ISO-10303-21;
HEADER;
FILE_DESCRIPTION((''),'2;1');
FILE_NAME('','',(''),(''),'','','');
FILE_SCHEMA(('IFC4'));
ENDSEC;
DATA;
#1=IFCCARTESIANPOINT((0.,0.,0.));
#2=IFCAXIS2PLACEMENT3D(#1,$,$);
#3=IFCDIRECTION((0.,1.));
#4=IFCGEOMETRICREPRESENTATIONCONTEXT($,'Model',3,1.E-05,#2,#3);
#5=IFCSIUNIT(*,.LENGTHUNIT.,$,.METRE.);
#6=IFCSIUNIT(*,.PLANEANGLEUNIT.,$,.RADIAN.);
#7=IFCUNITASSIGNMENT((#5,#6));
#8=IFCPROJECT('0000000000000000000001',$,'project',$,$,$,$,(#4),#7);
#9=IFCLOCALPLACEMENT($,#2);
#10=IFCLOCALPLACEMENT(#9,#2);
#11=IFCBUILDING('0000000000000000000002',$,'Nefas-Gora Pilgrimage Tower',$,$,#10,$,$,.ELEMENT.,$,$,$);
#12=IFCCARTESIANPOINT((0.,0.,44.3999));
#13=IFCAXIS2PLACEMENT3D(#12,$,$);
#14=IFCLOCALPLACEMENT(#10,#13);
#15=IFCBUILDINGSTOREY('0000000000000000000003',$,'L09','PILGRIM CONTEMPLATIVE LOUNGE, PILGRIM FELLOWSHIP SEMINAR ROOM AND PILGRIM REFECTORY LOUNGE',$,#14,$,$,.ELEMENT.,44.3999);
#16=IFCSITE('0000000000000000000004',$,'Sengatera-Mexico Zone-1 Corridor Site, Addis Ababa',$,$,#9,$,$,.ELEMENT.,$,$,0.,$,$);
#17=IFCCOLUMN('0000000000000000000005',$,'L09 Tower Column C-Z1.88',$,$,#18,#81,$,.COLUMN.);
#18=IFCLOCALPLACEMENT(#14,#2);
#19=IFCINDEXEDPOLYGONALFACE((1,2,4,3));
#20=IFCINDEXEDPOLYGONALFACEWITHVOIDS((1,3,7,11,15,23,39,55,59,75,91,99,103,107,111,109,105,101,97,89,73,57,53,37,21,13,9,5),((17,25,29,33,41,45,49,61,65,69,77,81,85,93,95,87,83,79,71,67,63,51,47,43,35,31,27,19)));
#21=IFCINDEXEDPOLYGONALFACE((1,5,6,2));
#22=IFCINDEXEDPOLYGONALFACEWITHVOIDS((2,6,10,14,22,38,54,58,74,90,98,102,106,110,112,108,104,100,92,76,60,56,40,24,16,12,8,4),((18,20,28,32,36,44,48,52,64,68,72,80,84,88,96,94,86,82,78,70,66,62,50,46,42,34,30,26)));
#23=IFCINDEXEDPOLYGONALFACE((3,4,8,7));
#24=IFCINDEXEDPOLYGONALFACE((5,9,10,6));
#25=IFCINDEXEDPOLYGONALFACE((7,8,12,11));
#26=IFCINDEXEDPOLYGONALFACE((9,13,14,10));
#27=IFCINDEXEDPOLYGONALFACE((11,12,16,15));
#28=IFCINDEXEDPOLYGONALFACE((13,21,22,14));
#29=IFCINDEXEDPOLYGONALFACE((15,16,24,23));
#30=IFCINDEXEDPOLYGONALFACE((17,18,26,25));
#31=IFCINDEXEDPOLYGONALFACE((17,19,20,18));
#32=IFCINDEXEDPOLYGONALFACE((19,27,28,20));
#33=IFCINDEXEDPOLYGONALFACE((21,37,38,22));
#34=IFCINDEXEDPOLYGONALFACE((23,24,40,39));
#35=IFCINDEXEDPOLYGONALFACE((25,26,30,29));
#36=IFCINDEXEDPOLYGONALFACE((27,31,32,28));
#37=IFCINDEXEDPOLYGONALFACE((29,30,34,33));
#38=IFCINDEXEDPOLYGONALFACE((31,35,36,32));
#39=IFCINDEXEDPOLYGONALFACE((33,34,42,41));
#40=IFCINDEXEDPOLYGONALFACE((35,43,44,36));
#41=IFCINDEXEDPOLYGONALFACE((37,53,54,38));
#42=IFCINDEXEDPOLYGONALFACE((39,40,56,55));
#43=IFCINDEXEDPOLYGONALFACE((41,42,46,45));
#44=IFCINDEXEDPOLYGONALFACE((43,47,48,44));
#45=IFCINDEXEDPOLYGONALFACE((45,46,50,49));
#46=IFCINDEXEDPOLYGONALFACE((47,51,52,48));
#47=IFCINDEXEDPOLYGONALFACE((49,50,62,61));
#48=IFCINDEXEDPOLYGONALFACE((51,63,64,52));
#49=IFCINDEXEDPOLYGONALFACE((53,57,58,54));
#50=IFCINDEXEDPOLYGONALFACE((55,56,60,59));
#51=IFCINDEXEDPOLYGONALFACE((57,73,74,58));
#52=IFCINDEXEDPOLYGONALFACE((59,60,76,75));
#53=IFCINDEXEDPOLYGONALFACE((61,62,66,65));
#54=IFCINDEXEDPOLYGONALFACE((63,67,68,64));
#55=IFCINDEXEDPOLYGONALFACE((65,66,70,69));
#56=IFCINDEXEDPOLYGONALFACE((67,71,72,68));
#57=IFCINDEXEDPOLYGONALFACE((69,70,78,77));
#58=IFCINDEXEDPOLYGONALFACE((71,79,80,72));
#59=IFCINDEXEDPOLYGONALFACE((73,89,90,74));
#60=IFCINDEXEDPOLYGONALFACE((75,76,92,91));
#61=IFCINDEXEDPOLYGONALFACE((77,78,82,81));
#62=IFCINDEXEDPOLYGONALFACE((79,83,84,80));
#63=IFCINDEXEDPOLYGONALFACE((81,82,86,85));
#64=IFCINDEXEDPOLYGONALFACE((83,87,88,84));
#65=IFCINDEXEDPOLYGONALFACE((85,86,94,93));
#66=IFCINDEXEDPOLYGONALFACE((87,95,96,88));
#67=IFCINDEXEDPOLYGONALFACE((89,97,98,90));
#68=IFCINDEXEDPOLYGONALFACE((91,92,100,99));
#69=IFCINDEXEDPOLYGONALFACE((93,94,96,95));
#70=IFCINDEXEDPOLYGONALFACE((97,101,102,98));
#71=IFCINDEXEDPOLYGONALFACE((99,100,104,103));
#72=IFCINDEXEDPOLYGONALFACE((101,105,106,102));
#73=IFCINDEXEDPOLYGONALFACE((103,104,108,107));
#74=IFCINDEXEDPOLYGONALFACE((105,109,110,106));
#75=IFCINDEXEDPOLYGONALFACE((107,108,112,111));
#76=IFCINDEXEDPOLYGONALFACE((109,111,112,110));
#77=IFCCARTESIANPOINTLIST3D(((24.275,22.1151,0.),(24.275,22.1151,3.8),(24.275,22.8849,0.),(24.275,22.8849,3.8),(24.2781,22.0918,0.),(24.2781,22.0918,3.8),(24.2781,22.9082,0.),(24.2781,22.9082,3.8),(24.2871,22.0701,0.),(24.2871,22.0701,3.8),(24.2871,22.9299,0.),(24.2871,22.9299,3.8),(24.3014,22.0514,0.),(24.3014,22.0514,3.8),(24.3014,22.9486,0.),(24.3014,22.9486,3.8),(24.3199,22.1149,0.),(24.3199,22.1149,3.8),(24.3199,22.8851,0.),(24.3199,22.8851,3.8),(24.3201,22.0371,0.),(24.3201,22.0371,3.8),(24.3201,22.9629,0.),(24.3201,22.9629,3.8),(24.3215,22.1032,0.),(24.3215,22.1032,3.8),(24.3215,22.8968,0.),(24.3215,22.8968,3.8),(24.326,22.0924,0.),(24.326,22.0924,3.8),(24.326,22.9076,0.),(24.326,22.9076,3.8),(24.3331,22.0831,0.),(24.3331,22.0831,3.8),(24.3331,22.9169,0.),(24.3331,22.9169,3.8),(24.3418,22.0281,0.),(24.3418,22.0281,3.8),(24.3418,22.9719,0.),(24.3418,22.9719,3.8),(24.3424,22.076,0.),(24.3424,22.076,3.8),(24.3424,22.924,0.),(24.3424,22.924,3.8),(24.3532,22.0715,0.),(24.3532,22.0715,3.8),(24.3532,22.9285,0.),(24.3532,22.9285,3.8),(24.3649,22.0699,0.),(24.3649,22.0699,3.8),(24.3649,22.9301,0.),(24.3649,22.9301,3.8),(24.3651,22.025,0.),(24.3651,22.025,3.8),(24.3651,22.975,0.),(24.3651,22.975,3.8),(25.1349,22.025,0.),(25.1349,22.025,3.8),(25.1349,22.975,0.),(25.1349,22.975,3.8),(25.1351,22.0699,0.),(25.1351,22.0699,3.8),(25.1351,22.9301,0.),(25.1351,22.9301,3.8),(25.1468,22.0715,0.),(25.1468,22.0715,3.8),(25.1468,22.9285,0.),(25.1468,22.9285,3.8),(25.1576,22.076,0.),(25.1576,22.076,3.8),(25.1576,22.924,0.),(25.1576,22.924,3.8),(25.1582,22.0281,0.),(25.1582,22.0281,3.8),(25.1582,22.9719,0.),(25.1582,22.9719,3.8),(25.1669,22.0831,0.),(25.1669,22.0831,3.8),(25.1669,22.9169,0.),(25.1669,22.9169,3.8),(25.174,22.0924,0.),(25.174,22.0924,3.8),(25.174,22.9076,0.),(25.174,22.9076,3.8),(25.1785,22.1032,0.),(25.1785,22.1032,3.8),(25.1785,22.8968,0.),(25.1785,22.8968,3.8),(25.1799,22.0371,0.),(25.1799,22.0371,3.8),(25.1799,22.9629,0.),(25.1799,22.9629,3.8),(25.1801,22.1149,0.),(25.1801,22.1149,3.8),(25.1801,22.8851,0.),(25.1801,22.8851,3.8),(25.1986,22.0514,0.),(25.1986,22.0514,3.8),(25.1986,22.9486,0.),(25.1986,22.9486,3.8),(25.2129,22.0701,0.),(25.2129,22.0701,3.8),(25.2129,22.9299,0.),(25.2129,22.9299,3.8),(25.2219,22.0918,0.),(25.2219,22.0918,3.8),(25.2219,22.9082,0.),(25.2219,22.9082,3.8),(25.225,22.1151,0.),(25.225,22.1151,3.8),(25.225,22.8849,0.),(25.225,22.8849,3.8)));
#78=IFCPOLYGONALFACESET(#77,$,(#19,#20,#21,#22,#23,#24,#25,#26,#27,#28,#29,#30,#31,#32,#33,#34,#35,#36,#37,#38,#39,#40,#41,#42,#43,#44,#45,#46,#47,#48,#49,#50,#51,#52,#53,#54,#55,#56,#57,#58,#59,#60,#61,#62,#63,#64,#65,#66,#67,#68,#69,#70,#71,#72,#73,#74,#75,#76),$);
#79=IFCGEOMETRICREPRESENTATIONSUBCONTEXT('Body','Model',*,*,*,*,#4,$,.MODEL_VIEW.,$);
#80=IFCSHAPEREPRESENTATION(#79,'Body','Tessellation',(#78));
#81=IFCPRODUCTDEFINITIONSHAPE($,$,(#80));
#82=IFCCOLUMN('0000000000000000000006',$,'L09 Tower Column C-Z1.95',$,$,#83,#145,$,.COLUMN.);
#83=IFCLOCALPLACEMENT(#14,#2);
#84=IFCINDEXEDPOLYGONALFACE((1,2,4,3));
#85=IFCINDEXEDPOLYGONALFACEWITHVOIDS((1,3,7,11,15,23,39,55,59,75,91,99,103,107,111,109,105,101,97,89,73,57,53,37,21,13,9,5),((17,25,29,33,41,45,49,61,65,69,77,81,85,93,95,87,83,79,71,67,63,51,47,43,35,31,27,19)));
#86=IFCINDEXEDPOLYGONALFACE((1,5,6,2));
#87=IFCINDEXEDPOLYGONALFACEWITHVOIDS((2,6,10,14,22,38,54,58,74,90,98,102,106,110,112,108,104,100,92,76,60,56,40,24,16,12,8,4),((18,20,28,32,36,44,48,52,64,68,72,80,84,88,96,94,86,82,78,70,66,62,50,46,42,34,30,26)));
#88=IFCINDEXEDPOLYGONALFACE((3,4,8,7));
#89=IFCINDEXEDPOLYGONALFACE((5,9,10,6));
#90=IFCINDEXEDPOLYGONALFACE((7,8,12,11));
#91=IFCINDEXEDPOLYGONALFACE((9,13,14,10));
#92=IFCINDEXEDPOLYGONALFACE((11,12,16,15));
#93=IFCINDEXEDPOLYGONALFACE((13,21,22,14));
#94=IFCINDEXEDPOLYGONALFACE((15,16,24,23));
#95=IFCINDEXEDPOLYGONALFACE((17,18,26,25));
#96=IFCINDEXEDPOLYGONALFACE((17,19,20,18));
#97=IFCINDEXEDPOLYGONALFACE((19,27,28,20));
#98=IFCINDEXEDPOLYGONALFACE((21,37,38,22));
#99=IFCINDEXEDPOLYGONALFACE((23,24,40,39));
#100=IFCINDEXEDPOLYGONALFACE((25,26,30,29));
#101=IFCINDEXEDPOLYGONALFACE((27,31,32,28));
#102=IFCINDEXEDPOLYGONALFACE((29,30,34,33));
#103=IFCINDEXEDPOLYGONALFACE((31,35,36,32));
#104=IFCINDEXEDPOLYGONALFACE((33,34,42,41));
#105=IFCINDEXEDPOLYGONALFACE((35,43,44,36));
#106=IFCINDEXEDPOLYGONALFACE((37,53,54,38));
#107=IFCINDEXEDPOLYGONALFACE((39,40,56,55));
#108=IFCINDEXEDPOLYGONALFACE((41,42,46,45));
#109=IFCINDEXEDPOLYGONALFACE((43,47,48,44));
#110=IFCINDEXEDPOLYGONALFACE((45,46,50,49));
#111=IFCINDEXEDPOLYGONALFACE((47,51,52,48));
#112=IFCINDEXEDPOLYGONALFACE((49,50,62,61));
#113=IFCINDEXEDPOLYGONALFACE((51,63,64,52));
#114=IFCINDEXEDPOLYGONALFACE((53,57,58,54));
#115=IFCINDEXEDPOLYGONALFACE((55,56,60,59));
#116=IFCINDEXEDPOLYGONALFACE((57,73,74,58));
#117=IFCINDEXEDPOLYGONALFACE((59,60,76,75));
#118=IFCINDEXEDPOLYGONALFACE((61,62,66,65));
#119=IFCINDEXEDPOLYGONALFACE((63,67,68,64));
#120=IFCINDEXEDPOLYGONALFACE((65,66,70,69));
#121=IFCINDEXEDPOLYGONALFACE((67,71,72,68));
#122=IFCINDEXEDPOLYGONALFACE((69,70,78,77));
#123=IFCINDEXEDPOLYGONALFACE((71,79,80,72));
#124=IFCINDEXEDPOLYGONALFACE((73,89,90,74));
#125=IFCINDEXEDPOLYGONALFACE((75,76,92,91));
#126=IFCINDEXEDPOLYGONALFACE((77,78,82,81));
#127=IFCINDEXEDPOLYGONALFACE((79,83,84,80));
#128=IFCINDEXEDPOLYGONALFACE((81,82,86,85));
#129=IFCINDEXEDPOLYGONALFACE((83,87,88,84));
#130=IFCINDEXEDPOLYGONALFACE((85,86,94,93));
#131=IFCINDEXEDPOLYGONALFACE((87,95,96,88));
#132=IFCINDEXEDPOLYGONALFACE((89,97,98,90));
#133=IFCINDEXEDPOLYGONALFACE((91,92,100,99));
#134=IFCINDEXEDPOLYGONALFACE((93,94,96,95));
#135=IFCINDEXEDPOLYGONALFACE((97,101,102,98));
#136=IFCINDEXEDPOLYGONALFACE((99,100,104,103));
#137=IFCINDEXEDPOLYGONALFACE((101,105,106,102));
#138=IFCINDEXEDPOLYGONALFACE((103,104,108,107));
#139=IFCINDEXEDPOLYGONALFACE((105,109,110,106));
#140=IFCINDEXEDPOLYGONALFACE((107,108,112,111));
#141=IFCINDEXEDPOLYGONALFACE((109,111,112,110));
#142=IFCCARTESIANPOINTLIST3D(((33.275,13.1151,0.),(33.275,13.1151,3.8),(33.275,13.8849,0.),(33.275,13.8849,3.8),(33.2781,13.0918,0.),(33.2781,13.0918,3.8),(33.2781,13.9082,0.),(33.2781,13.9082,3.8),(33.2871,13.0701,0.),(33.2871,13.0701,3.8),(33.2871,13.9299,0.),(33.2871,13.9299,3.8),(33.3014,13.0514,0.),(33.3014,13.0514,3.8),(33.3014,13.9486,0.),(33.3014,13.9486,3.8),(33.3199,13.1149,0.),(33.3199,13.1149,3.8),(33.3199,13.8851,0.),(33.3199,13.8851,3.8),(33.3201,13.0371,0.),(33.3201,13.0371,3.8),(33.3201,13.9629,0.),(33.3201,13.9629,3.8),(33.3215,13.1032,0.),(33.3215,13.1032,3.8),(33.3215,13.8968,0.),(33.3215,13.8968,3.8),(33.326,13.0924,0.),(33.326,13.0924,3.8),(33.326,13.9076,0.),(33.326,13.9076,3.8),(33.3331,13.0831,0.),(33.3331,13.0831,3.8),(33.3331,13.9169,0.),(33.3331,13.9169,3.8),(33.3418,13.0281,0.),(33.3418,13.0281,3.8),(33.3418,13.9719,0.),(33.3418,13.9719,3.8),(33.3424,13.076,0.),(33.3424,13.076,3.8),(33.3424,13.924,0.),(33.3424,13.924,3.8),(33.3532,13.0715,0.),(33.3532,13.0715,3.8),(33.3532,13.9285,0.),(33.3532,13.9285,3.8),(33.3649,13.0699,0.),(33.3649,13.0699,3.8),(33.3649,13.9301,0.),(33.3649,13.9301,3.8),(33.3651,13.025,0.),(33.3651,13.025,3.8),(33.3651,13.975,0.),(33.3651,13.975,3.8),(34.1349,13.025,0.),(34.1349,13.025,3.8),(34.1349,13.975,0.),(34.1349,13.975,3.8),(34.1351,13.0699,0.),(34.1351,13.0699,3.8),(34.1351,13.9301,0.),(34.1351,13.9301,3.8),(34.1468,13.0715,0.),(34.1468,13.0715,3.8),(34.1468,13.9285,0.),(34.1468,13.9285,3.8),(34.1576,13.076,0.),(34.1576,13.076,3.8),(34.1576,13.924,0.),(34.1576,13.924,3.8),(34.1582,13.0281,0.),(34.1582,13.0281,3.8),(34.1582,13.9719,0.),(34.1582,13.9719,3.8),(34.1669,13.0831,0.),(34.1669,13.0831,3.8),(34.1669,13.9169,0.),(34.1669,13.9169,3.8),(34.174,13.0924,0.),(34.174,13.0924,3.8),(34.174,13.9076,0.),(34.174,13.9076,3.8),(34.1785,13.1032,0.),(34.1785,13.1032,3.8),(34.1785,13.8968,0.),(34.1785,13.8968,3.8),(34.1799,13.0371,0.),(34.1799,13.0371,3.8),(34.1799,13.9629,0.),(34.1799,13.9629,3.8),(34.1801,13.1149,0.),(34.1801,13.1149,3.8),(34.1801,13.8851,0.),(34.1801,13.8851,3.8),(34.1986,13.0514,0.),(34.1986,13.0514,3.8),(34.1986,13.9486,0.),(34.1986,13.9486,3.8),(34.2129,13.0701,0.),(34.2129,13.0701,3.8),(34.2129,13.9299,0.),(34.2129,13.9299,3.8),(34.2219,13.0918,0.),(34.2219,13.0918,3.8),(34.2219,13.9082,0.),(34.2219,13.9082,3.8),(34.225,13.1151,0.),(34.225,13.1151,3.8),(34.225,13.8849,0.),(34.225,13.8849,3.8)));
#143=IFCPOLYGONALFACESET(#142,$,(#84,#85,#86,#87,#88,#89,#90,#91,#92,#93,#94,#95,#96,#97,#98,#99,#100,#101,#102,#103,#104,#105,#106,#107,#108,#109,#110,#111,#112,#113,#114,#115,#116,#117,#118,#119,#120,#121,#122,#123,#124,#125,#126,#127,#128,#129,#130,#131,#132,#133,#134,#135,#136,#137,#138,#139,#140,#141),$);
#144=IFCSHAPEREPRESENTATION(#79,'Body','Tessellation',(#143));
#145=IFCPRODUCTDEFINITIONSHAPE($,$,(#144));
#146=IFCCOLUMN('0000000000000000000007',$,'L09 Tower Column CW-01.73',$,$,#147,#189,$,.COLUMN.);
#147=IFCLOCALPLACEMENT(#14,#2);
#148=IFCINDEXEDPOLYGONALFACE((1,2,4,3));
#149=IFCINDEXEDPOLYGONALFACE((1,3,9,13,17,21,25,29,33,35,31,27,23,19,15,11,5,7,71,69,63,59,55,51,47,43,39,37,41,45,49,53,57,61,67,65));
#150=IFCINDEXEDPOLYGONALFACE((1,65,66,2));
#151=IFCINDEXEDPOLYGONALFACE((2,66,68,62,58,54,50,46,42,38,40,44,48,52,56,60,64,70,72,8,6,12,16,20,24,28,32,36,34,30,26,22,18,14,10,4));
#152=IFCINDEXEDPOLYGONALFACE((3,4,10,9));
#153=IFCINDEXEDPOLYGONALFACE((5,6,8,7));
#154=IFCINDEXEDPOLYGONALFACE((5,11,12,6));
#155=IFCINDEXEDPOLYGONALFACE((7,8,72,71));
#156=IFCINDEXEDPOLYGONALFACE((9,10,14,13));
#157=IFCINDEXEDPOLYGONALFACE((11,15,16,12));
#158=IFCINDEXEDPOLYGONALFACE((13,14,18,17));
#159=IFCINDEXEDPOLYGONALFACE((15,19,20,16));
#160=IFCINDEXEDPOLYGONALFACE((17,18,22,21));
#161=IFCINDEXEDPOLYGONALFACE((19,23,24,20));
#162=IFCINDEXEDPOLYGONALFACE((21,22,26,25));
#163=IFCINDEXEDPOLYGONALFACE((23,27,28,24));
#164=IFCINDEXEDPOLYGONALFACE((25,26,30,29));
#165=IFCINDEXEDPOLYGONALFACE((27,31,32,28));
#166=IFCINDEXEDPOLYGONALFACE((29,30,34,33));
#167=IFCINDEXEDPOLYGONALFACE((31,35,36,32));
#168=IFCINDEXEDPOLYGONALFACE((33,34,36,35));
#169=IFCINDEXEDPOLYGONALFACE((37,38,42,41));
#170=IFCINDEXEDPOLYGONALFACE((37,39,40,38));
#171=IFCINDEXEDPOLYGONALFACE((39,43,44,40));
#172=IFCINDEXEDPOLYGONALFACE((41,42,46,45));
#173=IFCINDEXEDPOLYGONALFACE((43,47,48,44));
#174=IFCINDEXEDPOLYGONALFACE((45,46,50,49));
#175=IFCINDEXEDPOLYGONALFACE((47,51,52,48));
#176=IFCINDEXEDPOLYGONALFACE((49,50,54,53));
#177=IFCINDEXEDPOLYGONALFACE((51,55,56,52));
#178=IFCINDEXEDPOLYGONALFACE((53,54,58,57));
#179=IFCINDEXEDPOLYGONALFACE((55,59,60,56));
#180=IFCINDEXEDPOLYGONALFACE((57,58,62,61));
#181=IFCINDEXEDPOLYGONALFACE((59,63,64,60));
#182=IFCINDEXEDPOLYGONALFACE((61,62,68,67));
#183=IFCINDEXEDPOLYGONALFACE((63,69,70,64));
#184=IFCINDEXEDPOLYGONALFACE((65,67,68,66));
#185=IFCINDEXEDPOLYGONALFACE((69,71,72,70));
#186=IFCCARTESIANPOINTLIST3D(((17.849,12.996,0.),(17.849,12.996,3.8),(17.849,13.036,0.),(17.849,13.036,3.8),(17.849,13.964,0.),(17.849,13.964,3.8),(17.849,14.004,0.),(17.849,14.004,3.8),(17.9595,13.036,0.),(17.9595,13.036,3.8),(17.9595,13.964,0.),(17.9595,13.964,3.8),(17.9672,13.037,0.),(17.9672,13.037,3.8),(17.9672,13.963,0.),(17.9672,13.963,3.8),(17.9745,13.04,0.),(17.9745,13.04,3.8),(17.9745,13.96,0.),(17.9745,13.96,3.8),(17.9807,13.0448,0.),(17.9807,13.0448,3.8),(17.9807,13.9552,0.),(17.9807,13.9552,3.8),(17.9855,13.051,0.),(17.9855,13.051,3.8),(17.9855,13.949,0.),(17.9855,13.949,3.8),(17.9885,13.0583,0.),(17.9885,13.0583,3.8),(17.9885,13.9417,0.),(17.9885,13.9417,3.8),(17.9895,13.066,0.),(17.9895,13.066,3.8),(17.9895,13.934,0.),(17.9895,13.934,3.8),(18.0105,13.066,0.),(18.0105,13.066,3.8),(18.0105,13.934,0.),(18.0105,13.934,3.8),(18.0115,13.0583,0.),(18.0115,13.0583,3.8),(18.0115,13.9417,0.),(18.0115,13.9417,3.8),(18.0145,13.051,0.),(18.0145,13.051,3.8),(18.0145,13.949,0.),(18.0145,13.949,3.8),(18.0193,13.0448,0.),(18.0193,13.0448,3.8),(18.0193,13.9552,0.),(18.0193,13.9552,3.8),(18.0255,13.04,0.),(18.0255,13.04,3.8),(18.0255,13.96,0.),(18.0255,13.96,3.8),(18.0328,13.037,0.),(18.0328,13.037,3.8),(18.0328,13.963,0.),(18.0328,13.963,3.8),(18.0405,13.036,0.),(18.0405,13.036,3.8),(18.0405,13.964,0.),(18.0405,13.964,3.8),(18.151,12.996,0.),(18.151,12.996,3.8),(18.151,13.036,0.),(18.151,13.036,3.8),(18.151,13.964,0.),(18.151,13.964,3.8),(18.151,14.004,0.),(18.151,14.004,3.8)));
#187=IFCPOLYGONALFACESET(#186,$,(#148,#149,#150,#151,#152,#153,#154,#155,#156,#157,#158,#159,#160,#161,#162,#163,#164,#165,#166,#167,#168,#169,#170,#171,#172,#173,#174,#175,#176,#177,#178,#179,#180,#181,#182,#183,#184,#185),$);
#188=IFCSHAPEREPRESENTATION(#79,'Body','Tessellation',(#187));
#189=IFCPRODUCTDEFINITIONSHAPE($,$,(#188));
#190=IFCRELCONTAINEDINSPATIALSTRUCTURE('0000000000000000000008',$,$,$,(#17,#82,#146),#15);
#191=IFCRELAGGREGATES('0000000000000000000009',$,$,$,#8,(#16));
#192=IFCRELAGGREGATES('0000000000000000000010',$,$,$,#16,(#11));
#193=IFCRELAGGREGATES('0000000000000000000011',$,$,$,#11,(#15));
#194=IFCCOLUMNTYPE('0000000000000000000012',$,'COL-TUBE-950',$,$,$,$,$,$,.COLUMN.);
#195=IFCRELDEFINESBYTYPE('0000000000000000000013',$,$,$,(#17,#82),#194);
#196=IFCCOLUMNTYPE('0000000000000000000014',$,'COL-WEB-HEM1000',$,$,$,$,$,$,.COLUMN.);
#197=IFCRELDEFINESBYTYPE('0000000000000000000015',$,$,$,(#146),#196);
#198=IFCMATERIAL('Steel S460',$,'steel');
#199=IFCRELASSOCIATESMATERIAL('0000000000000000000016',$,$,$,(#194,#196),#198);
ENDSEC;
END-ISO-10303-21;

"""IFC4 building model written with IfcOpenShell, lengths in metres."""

from ifc_helpers import new_model, si_unit, direction, frame, origin, origin_2d, place, context, subcontext, project, spatial, hollow_rectangle, i_section, extrude, source, transform, mapped, material, material_profile, profile_set, type_object, element, save


model = new_model("IFC4")

# Units and contexts
model_context = context("Model", 3, precision=1e-05, world=origin(), true_north=direction((0.0, 1.0)))
body_context = subcontext(model_context, "Body", "Model", "MODEL_VIEW")
ifc_project = project(units=[si_unit("LENGTHUNIT", "METRE"), si_unit("PLANEANGLEUNIT", "RADIAN")], contexts=[model_context])

# Site, building, storey
site_placement = place(None, origin())
site = spatial("IfcSite", under=ifc_project, at=site_placement, Name="Sengatera-Mexico Zone-1 Corridor Site, Addis Ababa", CompositionType="ELEMENT", RefElevation=0.0)
building_placement = place(site_placement, origin())
building = spatial("IfcBuilding", under=site, at=building_placement, Name="Nefas-Gora Pilgrimage Tower", CompositionType="ELEMENT")
storey_placement = place(building_placement, frame((0.0, 0.0, 44.3999)))
storey = spatial("IfcBuildingStorey", under=building, at=storey_placement, Name="L09", Description="PILGRIM CONTEMPLATIVE LOUNGE, PILGRIM FELLOWSHIP SEMINAR ROOM AND PILGRIM REFECTORY LOUNGE", CompositionType="ELEMENT", Elevation=44.3999)

# Columns
ifc_material_1 = material(Name="Steel S460", Category="steel")
ifc_material_profile_1 = material_profile(ifc_material_1, hollow_rectangle(XDim=0.95, YDim=0.95, WallThickness=0.0449, InnerFilletRadius=0.0449, OuterFilletRadius=0.0901, at=origin_2d()), Name="BOX 950x950x45")
ifc_profile_set_1 = profile_set([ifc_material_profile_1], Name="Steel S460")
column_type_1 = type_object("IfcColumnType", Name="COL-TUBE-950", PredefinedType="COLUMN", material=ifc_profile_set_1)
shared_shape_1 = source(origin(), body_context, "Body", "SweptSolid", [
    extrude(hollow_rectangle(XDim=0.95, YDim=0.95, WallThickness=0.0449, InnerFilletRadius=0.0449, OuterFilletRadius=0.0901, at=origin_2d()), origin(), (0.0, 0.0, 1.0), 3.8),
])
for number, where, z_axis, x_axis, name in (
    (1, (24.75, 22.5, 0.0), (0.0, 0.0, 1.0), (1.0, 0.0, 0.0), "L09 Tower Column C-Z1.88"),
    (2, (33.75, 13.5, 0.0), (0.0, 0.0, 1.0), (1.0, 0.0, 0.0), "L09 Tower Column C-Z1.95"),
):
    element("IfcColumn", number, at=place(storey_placement, frame(where, z_axis=z_axis, x_axis=x_axis)), inside=storey, type_object=column_type_1, Name=name, PredefinedType="COLUMN", context=body_context, shape_type="MappedRepresentation", body=[
        mapped(shared_shape_1, transform((0.0, 0.0, 0.0), x_axis=(1.0, 0.0, 0.0), y_axis=(0.0, 1.0, 0.0), z_axis=(0.0, 0.0, 1.0), scale=1.0)),
    ])
ifc_material_profile_2 = material_profile(ifc_material_1, i_section(OverallWidth=0.302, OverallDepth=1.0081, WebThickness=0.021, FlangeThickness=0.04, FilletRadius=0.03, at=origin_2d()), Name="HEM 1000")
ifc_profile_set_2 = profile_set([ifc_material_profile_2], Name="Steel S460")
column_type_2 = type_object("IfcColumnType", Name="COL-WEB-HEM1000", PredefinedType="COLUMN", material=ifc_profile_set_2)
shared_shape_2 = source(origin(), body_context, "Body", "SweptSolid", [
    extrude(i_section(OverallWidth=0.302, OverallDepth=1.0081, WebThickness=0.021, FlangeThickness=0.04, FilletRadius=0.03, at=origin_2d()), origin(), (0.0, 0.0, 1.0), 3.8),
])
for number, where, z_axis, x_axis, name in (
    (3, (18.0, 13.5, 0.0), (0.0, 0.0, 1.0), (1.0, 0.0, 0.0), "L09 Tower Column CW-01.73"),
):
    element("IfcColumn", number, at=place(storey_placement, frame(where, z_axis=z_axis, x_axis=x_axis)), inside=storey, type_object=column_type_2, Name=name, PredefinedType="COLUMN", context=body_context, shape_type="MappedRepresentation", body=[
        mapped(shared_shape_2, transform((0.0, 0.0, 0.0), x_axis=(1.0, 0.0, 0.0), y_axis=(0.0, 1.0, 0.0), z_axis=(0.0, 0.0, 1.0), scale=1.0)),
    ])

save(model, "model.ifc")
